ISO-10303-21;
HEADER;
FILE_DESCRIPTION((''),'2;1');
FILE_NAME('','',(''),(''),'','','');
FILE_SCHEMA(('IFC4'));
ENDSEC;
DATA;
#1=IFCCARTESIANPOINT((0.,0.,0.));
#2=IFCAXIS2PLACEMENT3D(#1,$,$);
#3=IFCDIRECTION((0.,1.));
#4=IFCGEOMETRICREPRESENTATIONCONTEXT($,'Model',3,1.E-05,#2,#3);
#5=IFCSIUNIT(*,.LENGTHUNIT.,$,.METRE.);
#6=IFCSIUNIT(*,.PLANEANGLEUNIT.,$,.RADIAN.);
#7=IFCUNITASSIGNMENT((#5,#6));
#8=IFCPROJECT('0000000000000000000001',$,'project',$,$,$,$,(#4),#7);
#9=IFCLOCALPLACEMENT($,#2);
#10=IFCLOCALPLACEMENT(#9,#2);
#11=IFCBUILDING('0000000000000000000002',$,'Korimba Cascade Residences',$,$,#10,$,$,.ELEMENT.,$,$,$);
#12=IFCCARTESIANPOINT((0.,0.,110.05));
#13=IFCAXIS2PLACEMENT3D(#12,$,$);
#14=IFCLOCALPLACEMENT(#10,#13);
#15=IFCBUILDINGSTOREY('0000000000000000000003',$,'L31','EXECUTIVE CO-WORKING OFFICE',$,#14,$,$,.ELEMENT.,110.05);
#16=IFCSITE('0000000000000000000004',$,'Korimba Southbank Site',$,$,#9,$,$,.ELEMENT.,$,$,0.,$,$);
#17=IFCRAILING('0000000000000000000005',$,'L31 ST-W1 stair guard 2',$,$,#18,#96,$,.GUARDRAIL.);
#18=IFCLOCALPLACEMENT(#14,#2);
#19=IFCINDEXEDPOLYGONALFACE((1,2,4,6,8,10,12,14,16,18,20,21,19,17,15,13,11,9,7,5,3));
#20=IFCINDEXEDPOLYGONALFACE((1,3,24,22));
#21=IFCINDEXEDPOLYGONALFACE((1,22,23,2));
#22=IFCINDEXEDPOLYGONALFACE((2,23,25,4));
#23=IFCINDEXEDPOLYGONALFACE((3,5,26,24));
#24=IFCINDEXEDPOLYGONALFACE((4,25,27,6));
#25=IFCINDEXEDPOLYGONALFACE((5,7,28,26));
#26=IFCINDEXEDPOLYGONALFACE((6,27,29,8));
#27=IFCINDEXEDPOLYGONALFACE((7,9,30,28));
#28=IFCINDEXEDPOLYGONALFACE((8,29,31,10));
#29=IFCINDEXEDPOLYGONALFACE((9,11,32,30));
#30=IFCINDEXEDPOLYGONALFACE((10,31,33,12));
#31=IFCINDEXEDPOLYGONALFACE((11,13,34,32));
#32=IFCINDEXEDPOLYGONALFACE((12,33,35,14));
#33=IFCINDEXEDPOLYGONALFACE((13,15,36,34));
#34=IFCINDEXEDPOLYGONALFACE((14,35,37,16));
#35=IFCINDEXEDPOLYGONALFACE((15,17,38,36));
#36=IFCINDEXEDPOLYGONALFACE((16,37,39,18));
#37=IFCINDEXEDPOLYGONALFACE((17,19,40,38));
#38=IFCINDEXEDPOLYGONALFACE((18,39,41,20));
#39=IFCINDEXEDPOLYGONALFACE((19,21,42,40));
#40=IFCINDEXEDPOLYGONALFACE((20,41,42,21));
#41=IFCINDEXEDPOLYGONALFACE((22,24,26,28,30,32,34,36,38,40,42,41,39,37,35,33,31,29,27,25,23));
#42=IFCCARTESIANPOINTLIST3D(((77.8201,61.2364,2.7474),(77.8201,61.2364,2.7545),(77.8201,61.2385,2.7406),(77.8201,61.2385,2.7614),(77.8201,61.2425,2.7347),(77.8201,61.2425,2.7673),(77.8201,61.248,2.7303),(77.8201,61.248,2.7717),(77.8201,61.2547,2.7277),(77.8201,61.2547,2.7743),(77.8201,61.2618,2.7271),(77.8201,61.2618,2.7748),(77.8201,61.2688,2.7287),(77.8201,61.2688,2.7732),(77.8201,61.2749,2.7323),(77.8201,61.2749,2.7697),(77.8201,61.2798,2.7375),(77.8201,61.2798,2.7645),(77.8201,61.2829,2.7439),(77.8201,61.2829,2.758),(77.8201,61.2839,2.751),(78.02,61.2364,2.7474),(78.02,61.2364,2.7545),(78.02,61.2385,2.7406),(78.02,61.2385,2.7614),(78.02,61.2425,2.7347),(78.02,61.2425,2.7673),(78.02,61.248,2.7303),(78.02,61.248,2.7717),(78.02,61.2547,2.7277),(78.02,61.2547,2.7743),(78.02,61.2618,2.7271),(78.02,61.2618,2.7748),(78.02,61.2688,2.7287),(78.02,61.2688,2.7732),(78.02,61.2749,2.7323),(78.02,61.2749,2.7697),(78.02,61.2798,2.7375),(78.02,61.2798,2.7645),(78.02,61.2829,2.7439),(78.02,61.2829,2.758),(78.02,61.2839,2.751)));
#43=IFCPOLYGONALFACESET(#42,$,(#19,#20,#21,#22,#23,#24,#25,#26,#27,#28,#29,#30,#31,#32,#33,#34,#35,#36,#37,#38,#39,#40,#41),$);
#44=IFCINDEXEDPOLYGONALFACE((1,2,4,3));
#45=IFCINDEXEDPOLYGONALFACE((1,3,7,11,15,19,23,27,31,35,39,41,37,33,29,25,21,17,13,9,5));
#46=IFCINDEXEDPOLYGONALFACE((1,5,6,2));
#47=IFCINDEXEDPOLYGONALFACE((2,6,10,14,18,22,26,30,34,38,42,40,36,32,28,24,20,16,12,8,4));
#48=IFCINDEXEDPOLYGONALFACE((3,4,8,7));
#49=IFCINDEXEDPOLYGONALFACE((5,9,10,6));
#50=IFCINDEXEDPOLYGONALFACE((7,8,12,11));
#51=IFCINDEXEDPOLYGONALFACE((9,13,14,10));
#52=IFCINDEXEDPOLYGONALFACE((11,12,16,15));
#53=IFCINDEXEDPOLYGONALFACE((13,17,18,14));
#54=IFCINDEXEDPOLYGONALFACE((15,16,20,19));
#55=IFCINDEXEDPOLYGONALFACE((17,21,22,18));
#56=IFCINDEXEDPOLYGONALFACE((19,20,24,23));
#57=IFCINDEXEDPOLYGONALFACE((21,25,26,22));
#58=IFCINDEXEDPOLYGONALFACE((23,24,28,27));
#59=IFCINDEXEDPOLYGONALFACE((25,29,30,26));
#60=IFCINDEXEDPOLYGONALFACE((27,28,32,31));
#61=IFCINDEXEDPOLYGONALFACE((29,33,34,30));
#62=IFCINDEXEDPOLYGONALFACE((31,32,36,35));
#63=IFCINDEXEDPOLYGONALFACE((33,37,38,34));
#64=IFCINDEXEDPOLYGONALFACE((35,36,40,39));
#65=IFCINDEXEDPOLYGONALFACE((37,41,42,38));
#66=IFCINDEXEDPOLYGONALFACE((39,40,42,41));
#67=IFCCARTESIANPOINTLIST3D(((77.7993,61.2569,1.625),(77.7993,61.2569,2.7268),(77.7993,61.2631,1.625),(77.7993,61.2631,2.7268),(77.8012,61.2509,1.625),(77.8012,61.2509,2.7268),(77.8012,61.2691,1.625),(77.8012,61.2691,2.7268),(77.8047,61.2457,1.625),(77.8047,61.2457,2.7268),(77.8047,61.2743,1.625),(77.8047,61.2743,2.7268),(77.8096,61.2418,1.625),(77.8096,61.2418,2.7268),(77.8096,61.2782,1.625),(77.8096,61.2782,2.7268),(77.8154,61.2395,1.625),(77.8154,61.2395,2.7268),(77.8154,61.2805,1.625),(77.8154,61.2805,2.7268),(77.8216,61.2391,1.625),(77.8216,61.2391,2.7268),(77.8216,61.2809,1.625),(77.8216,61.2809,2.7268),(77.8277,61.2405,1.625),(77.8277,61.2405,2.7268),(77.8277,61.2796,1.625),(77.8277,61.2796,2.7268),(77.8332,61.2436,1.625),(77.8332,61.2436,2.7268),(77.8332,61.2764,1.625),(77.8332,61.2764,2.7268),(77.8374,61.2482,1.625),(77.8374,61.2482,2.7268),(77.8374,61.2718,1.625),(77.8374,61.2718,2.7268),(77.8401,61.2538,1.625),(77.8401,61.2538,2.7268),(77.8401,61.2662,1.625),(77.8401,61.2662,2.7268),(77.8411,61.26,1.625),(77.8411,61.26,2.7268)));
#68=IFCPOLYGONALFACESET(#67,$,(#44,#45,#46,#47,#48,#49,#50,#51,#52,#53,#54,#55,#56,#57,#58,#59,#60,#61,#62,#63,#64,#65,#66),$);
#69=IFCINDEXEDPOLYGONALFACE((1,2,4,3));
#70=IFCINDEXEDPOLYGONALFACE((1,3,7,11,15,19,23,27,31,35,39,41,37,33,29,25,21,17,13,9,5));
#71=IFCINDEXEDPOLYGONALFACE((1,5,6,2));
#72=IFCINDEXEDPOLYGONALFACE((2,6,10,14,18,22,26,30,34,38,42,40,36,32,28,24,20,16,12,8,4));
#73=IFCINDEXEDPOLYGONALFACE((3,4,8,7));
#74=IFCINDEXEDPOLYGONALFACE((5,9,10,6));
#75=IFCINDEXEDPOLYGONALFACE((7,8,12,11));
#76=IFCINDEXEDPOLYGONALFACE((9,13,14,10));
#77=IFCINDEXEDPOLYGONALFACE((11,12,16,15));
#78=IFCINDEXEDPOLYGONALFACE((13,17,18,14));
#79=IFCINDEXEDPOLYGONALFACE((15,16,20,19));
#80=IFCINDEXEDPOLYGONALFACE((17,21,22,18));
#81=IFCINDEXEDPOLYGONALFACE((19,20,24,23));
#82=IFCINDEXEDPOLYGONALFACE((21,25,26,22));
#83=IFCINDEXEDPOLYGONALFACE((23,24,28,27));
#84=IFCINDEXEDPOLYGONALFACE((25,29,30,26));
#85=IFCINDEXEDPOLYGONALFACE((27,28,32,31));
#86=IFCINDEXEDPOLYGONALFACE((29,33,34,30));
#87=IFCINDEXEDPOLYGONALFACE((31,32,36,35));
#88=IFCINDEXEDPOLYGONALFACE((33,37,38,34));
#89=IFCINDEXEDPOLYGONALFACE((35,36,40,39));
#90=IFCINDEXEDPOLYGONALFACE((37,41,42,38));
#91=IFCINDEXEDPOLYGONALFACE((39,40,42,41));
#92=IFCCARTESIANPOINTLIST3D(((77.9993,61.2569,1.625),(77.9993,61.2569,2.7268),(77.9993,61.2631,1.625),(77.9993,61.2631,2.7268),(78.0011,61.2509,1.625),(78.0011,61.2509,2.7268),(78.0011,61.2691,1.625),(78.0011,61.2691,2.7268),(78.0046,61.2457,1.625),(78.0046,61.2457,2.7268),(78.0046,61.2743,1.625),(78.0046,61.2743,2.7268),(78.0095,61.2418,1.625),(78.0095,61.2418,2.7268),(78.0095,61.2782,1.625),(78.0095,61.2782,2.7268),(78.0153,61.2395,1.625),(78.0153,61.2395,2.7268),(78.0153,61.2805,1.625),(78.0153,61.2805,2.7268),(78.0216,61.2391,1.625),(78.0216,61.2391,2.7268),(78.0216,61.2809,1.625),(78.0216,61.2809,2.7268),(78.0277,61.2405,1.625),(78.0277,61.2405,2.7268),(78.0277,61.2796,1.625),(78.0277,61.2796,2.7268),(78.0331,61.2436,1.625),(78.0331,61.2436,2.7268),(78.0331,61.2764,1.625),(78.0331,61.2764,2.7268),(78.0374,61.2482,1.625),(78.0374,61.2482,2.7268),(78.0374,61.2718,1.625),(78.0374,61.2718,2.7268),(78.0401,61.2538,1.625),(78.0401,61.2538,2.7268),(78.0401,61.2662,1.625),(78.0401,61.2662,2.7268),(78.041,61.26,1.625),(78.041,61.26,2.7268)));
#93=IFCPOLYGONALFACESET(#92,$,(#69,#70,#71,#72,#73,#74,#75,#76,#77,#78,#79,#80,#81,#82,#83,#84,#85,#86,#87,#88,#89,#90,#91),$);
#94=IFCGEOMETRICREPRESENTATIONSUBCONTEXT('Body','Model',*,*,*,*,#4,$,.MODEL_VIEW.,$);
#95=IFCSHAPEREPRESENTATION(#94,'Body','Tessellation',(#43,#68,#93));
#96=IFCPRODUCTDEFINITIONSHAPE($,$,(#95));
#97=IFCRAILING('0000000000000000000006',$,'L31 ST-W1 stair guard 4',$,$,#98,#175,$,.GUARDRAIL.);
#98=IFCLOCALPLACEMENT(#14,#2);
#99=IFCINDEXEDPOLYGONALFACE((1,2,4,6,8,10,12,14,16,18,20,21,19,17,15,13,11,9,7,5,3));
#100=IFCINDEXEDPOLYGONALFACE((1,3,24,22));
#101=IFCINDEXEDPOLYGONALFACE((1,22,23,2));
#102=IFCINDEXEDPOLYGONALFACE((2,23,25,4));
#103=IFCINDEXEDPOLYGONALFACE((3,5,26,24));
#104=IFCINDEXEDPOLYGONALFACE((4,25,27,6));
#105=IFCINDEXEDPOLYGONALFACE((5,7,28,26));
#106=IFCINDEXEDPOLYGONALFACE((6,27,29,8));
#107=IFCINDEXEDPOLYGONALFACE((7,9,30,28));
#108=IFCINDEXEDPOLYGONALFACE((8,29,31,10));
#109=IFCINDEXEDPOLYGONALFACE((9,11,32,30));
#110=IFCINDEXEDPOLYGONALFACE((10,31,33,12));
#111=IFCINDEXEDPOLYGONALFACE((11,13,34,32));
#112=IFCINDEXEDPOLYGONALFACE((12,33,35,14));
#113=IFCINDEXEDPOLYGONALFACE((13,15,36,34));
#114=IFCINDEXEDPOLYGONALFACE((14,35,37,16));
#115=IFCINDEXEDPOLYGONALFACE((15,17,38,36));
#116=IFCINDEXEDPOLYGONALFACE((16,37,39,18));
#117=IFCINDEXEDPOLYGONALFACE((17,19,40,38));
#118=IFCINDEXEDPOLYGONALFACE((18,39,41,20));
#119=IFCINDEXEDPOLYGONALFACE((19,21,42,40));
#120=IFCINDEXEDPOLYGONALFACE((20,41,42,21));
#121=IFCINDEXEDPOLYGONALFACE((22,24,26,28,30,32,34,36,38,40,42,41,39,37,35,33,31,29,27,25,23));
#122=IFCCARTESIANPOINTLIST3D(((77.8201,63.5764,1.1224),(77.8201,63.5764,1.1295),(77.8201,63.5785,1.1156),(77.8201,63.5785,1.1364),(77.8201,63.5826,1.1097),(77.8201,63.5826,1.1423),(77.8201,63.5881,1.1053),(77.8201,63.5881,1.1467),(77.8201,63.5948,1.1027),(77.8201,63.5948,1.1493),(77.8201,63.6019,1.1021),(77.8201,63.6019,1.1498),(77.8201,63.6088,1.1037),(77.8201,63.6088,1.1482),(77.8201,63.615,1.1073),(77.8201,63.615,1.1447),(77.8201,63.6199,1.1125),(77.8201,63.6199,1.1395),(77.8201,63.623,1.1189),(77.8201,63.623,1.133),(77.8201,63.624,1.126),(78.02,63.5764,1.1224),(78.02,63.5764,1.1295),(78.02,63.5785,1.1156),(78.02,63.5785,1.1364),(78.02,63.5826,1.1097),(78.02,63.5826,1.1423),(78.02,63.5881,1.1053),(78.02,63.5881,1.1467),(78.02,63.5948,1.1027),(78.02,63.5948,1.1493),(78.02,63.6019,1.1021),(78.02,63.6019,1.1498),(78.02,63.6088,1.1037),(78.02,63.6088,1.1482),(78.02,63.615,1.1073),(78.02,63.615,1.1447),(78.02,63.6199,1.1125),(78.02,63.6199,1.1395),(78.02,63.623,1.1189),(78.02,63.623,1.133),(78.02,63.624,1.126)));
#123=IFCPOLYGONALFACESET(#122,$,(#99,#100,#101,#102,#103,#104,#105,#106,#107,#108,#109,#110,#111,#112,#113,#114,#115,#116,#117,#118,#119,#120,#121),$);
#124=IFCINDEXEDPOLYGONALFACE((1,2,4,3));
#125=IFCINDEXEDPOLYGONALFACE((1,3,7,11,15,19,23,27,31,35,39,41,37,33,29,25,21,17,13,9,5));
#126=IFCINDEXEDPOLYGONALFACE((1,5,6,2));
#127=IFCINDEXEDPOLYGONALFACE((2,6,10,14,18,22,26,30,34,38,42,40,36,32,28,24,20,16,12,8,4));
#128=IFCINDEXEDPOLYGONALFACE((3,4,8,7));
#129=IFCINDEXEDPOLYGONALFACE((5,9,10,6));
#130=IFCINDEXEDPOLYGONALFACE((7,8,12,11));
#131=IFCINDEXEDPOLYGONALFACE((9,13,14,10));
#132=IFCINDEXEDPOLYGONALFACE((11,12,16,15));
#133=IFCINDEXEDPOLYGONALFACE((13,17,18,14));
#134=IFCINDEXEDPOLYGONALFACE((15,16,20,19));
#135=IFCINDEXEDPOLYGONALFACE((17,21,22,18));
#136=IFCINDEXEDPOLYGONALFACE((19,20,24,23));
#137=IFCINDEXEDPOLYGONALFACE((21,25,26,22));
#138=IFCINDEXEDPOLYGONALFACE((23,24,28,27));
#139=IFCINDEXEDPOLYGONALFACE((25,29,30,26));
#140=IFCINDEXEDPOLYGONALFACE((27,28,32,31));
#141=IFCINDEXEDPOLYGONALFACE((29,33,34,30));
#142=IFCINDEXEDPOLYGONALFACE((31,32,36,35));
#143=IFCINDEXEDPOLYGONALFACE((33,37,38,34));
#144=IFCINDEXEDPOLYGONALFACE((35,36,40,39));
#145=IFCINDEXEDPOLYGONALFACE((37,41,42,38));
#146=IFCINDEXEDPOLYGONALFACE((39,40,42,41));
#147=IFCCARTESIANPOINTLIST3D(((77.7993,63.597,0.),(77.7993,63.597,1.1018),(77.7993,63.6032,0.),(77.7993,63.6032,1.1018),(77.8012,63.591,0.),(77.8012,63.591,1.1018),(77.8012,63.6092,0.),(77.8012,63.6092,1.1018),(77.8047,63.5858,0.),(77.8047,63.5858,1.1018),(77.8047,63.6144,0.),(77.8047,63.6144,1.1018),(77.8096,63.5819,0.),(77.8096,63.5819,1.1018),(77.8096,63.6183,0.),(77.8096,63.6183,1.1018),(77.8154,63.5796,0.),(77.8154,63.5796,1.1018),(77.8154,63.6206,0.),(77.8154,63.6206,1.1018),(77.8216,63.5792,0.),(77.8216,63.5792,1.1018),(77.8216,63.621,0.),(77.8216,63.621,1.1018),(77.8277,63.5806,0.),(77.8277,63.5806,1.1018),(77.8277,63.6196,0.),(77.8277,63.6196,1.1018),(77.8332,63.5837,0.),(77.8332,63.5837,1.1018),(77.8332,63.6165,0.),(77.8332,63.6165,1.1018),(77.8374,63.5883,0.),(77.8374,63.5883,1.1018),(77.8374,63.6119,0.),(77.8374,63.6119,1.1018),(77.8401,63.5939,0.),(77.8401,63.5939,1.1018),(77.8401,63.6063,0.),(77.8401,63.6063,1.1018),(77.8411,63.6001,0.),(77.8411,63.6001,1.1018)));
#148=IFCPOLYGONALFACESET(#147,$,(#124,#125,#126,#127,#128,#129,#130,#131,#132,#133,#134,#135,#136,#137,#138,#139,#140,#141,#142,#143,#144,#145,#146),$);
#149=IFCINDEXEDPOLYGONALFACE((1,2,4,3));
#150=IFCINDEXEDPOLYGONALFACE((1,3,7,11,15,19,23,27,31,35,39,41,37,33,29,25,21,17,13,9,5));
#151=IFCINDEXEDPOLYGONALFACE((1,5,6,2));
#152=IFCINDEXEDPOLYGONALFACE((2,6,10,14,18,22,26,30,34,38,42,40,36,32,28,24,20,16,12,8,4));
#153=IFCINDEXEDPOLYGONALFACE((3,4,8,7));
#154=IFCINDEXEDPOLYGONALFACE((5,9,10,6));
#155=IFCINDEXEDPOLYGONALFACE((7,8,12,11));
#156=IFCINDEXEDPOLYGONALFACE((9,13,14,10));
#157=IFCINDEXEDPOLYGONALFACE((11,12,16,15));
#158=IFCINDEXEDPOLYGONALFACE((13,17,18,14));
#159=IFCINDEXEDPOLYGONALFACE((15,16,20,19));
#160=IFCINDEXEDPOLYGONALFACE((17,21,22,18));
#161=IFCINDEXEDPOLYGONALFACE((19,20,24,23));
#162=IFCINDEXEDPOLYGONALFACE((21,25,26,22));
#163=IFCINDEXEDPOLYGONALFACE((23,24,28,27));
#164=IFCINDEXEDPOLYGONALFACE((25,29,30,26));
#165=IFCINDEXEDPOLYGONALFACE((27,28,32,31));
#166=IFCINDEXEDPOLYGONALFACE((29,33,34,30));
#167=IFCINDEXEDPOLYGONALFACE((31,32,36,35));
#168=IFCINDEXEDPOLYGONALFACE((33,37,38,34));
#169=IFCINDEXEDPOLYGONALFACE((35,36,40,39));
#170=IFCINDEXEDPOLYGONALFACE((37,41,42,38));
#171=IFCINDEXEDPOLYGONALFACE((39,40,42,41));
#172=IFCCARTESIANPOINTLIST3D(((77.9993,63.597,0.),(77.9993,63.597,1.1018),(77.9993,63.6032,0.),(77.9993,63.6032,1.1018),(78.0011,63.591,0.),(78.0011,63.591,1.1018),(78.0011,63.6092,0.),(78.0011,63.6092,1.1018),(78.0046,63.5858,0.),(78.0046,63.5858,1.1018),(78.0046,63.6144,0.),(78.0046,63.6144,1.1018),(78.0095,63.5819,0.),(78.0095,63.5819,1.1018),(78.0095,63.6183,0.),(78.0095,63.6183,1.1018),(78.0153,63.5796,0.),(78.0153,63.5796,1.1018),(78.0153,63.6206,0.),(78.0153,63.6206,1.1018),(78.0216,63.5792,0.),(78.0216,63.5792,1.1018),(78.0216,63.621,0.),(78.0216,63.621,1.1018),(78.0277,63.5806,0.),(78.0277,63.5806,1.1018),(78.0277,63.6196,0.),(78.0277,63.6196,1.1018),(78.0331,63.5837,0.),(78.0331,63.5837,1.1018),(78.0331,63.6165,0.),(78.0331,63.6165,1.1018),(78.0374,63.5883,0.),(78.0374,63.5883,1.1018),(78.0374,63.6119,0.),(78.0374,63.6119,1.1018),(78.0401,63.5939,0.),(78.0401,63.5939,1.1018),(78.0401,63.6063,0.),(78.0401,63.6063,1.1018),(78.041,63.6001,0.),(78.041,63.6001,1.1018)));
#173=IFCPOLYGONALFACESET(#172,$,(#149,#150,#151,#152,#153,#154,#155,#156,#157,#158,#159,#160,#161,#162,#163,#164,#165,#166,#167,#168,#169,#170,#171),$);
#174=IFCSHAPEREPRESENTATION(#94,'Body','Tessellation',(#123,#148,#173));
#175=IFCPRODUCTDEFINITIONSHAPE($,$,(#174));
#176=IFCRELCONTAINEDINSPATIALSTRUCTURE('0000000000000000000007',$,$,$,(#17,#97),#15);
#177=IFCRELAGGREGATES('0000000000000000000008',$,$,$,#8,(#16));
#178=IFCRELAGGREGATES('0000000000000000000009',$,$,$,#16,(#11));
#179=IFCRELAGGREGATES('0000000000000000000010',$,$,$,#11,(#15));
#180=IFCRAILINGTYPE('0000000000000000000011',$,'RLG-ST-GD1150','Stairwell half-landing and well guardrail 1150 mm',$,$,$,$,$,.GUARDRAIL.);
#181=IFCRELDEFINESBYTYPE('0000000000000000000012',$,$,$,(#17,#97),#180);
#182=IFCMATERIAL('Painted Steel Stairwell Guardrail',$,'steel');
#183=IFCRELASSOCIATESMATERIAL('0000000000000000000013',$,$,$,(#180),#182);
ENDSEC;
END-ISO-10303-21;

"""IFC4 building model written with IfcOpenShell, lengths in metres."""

from ifc_helpers import new_model, si_unit, direction, frame, origin, origin_2d, place, context, subcontext, project, spatial, circle, extrude, material, type_object, element, save


model = new_model("IFC4")

# Units and contexts
model_context = context("Model", 3, precision=1e-05, world=origin(), true_north=direction((0.0, 1.0)))
body_context = subcontext(model_context, "Body", "Model", "MODEL_VIEW")
ifc_project = project(units=[si_unit("LENGTHUNIT", "METRE"), si_unit("PLANEANGLEUNIT", "RADIAN")], contexts=[model_context])

# Site, building, storey
site_placement = place(None, origin())
site = spatial("IfcSite", under=ifc_project, at=site_placement, Name="Korimba Southbank Site", CompositionType="ELEMENT", RefElevation=0.0)
building_placement = place(site_placement, origin())
building = spatial("IfcBuilding", under=site, at=building_placement, Name="Korimba Cascade Residences", CompositionType="ELEMENT")
storey_placement = place(building_placement, frame((0.0, 0.0, 110.05)))
storey = spatial("IfcBuildingStorey", under=building, at=storey_placement, Name="L31", Description="EXECUTIVE CO-WORKING OFFICE", CompositionType="ELEMENT", Elevation=110.05)

# Railings
ifc_material_1 = material(Name="Painted Steel Stairwell Guardrail", Category="steel")
railing_type_1 = type_object("IfcRailingType", Name="RLG-ST-GD1150", Description="Stairwell half-landing and well guardrail 1150 mm", PredefinedType="GUARDRAIL", material=ifc_material_1)
for number, where, name in (
    (1, (77.8201, 61.26, 1.625), "L31 ST-W1 stair guard 2"),
    (2, (77.8201, 63.6001, 0.0), "L31 ST-W1 stair guard 4"),
):
    element("IfcRailing", number, at=place(storey_placement, frame(where)), inside=storey, type_object=railing_type_1, Name=name, PredefinedType="GUARDRAIL", context=body_context, shape_type="SweptSolid", body=[
        extrude(circle(Radius=0.0239, at=origin_2d()), frame((0.0, 0.0, 1.126), z_axis=(1.0, 0.0, 0.0), x_axis=(0.0, 1.0, 0.0)), (0.0, 0.0, 1.0), 0.2),
        extrude(circle(Radius=0.021, at=origin_2d()), origin(), (0.0, 0.0, 1.0), 1.1018),
        extrude(circle(Radius=0.021, at=origin_2d()), frame((0.2, 0.0, 0.0)), (0.0, 0.0, 1.0), 1.1018),
    ])

save(model, "model.ifc")
